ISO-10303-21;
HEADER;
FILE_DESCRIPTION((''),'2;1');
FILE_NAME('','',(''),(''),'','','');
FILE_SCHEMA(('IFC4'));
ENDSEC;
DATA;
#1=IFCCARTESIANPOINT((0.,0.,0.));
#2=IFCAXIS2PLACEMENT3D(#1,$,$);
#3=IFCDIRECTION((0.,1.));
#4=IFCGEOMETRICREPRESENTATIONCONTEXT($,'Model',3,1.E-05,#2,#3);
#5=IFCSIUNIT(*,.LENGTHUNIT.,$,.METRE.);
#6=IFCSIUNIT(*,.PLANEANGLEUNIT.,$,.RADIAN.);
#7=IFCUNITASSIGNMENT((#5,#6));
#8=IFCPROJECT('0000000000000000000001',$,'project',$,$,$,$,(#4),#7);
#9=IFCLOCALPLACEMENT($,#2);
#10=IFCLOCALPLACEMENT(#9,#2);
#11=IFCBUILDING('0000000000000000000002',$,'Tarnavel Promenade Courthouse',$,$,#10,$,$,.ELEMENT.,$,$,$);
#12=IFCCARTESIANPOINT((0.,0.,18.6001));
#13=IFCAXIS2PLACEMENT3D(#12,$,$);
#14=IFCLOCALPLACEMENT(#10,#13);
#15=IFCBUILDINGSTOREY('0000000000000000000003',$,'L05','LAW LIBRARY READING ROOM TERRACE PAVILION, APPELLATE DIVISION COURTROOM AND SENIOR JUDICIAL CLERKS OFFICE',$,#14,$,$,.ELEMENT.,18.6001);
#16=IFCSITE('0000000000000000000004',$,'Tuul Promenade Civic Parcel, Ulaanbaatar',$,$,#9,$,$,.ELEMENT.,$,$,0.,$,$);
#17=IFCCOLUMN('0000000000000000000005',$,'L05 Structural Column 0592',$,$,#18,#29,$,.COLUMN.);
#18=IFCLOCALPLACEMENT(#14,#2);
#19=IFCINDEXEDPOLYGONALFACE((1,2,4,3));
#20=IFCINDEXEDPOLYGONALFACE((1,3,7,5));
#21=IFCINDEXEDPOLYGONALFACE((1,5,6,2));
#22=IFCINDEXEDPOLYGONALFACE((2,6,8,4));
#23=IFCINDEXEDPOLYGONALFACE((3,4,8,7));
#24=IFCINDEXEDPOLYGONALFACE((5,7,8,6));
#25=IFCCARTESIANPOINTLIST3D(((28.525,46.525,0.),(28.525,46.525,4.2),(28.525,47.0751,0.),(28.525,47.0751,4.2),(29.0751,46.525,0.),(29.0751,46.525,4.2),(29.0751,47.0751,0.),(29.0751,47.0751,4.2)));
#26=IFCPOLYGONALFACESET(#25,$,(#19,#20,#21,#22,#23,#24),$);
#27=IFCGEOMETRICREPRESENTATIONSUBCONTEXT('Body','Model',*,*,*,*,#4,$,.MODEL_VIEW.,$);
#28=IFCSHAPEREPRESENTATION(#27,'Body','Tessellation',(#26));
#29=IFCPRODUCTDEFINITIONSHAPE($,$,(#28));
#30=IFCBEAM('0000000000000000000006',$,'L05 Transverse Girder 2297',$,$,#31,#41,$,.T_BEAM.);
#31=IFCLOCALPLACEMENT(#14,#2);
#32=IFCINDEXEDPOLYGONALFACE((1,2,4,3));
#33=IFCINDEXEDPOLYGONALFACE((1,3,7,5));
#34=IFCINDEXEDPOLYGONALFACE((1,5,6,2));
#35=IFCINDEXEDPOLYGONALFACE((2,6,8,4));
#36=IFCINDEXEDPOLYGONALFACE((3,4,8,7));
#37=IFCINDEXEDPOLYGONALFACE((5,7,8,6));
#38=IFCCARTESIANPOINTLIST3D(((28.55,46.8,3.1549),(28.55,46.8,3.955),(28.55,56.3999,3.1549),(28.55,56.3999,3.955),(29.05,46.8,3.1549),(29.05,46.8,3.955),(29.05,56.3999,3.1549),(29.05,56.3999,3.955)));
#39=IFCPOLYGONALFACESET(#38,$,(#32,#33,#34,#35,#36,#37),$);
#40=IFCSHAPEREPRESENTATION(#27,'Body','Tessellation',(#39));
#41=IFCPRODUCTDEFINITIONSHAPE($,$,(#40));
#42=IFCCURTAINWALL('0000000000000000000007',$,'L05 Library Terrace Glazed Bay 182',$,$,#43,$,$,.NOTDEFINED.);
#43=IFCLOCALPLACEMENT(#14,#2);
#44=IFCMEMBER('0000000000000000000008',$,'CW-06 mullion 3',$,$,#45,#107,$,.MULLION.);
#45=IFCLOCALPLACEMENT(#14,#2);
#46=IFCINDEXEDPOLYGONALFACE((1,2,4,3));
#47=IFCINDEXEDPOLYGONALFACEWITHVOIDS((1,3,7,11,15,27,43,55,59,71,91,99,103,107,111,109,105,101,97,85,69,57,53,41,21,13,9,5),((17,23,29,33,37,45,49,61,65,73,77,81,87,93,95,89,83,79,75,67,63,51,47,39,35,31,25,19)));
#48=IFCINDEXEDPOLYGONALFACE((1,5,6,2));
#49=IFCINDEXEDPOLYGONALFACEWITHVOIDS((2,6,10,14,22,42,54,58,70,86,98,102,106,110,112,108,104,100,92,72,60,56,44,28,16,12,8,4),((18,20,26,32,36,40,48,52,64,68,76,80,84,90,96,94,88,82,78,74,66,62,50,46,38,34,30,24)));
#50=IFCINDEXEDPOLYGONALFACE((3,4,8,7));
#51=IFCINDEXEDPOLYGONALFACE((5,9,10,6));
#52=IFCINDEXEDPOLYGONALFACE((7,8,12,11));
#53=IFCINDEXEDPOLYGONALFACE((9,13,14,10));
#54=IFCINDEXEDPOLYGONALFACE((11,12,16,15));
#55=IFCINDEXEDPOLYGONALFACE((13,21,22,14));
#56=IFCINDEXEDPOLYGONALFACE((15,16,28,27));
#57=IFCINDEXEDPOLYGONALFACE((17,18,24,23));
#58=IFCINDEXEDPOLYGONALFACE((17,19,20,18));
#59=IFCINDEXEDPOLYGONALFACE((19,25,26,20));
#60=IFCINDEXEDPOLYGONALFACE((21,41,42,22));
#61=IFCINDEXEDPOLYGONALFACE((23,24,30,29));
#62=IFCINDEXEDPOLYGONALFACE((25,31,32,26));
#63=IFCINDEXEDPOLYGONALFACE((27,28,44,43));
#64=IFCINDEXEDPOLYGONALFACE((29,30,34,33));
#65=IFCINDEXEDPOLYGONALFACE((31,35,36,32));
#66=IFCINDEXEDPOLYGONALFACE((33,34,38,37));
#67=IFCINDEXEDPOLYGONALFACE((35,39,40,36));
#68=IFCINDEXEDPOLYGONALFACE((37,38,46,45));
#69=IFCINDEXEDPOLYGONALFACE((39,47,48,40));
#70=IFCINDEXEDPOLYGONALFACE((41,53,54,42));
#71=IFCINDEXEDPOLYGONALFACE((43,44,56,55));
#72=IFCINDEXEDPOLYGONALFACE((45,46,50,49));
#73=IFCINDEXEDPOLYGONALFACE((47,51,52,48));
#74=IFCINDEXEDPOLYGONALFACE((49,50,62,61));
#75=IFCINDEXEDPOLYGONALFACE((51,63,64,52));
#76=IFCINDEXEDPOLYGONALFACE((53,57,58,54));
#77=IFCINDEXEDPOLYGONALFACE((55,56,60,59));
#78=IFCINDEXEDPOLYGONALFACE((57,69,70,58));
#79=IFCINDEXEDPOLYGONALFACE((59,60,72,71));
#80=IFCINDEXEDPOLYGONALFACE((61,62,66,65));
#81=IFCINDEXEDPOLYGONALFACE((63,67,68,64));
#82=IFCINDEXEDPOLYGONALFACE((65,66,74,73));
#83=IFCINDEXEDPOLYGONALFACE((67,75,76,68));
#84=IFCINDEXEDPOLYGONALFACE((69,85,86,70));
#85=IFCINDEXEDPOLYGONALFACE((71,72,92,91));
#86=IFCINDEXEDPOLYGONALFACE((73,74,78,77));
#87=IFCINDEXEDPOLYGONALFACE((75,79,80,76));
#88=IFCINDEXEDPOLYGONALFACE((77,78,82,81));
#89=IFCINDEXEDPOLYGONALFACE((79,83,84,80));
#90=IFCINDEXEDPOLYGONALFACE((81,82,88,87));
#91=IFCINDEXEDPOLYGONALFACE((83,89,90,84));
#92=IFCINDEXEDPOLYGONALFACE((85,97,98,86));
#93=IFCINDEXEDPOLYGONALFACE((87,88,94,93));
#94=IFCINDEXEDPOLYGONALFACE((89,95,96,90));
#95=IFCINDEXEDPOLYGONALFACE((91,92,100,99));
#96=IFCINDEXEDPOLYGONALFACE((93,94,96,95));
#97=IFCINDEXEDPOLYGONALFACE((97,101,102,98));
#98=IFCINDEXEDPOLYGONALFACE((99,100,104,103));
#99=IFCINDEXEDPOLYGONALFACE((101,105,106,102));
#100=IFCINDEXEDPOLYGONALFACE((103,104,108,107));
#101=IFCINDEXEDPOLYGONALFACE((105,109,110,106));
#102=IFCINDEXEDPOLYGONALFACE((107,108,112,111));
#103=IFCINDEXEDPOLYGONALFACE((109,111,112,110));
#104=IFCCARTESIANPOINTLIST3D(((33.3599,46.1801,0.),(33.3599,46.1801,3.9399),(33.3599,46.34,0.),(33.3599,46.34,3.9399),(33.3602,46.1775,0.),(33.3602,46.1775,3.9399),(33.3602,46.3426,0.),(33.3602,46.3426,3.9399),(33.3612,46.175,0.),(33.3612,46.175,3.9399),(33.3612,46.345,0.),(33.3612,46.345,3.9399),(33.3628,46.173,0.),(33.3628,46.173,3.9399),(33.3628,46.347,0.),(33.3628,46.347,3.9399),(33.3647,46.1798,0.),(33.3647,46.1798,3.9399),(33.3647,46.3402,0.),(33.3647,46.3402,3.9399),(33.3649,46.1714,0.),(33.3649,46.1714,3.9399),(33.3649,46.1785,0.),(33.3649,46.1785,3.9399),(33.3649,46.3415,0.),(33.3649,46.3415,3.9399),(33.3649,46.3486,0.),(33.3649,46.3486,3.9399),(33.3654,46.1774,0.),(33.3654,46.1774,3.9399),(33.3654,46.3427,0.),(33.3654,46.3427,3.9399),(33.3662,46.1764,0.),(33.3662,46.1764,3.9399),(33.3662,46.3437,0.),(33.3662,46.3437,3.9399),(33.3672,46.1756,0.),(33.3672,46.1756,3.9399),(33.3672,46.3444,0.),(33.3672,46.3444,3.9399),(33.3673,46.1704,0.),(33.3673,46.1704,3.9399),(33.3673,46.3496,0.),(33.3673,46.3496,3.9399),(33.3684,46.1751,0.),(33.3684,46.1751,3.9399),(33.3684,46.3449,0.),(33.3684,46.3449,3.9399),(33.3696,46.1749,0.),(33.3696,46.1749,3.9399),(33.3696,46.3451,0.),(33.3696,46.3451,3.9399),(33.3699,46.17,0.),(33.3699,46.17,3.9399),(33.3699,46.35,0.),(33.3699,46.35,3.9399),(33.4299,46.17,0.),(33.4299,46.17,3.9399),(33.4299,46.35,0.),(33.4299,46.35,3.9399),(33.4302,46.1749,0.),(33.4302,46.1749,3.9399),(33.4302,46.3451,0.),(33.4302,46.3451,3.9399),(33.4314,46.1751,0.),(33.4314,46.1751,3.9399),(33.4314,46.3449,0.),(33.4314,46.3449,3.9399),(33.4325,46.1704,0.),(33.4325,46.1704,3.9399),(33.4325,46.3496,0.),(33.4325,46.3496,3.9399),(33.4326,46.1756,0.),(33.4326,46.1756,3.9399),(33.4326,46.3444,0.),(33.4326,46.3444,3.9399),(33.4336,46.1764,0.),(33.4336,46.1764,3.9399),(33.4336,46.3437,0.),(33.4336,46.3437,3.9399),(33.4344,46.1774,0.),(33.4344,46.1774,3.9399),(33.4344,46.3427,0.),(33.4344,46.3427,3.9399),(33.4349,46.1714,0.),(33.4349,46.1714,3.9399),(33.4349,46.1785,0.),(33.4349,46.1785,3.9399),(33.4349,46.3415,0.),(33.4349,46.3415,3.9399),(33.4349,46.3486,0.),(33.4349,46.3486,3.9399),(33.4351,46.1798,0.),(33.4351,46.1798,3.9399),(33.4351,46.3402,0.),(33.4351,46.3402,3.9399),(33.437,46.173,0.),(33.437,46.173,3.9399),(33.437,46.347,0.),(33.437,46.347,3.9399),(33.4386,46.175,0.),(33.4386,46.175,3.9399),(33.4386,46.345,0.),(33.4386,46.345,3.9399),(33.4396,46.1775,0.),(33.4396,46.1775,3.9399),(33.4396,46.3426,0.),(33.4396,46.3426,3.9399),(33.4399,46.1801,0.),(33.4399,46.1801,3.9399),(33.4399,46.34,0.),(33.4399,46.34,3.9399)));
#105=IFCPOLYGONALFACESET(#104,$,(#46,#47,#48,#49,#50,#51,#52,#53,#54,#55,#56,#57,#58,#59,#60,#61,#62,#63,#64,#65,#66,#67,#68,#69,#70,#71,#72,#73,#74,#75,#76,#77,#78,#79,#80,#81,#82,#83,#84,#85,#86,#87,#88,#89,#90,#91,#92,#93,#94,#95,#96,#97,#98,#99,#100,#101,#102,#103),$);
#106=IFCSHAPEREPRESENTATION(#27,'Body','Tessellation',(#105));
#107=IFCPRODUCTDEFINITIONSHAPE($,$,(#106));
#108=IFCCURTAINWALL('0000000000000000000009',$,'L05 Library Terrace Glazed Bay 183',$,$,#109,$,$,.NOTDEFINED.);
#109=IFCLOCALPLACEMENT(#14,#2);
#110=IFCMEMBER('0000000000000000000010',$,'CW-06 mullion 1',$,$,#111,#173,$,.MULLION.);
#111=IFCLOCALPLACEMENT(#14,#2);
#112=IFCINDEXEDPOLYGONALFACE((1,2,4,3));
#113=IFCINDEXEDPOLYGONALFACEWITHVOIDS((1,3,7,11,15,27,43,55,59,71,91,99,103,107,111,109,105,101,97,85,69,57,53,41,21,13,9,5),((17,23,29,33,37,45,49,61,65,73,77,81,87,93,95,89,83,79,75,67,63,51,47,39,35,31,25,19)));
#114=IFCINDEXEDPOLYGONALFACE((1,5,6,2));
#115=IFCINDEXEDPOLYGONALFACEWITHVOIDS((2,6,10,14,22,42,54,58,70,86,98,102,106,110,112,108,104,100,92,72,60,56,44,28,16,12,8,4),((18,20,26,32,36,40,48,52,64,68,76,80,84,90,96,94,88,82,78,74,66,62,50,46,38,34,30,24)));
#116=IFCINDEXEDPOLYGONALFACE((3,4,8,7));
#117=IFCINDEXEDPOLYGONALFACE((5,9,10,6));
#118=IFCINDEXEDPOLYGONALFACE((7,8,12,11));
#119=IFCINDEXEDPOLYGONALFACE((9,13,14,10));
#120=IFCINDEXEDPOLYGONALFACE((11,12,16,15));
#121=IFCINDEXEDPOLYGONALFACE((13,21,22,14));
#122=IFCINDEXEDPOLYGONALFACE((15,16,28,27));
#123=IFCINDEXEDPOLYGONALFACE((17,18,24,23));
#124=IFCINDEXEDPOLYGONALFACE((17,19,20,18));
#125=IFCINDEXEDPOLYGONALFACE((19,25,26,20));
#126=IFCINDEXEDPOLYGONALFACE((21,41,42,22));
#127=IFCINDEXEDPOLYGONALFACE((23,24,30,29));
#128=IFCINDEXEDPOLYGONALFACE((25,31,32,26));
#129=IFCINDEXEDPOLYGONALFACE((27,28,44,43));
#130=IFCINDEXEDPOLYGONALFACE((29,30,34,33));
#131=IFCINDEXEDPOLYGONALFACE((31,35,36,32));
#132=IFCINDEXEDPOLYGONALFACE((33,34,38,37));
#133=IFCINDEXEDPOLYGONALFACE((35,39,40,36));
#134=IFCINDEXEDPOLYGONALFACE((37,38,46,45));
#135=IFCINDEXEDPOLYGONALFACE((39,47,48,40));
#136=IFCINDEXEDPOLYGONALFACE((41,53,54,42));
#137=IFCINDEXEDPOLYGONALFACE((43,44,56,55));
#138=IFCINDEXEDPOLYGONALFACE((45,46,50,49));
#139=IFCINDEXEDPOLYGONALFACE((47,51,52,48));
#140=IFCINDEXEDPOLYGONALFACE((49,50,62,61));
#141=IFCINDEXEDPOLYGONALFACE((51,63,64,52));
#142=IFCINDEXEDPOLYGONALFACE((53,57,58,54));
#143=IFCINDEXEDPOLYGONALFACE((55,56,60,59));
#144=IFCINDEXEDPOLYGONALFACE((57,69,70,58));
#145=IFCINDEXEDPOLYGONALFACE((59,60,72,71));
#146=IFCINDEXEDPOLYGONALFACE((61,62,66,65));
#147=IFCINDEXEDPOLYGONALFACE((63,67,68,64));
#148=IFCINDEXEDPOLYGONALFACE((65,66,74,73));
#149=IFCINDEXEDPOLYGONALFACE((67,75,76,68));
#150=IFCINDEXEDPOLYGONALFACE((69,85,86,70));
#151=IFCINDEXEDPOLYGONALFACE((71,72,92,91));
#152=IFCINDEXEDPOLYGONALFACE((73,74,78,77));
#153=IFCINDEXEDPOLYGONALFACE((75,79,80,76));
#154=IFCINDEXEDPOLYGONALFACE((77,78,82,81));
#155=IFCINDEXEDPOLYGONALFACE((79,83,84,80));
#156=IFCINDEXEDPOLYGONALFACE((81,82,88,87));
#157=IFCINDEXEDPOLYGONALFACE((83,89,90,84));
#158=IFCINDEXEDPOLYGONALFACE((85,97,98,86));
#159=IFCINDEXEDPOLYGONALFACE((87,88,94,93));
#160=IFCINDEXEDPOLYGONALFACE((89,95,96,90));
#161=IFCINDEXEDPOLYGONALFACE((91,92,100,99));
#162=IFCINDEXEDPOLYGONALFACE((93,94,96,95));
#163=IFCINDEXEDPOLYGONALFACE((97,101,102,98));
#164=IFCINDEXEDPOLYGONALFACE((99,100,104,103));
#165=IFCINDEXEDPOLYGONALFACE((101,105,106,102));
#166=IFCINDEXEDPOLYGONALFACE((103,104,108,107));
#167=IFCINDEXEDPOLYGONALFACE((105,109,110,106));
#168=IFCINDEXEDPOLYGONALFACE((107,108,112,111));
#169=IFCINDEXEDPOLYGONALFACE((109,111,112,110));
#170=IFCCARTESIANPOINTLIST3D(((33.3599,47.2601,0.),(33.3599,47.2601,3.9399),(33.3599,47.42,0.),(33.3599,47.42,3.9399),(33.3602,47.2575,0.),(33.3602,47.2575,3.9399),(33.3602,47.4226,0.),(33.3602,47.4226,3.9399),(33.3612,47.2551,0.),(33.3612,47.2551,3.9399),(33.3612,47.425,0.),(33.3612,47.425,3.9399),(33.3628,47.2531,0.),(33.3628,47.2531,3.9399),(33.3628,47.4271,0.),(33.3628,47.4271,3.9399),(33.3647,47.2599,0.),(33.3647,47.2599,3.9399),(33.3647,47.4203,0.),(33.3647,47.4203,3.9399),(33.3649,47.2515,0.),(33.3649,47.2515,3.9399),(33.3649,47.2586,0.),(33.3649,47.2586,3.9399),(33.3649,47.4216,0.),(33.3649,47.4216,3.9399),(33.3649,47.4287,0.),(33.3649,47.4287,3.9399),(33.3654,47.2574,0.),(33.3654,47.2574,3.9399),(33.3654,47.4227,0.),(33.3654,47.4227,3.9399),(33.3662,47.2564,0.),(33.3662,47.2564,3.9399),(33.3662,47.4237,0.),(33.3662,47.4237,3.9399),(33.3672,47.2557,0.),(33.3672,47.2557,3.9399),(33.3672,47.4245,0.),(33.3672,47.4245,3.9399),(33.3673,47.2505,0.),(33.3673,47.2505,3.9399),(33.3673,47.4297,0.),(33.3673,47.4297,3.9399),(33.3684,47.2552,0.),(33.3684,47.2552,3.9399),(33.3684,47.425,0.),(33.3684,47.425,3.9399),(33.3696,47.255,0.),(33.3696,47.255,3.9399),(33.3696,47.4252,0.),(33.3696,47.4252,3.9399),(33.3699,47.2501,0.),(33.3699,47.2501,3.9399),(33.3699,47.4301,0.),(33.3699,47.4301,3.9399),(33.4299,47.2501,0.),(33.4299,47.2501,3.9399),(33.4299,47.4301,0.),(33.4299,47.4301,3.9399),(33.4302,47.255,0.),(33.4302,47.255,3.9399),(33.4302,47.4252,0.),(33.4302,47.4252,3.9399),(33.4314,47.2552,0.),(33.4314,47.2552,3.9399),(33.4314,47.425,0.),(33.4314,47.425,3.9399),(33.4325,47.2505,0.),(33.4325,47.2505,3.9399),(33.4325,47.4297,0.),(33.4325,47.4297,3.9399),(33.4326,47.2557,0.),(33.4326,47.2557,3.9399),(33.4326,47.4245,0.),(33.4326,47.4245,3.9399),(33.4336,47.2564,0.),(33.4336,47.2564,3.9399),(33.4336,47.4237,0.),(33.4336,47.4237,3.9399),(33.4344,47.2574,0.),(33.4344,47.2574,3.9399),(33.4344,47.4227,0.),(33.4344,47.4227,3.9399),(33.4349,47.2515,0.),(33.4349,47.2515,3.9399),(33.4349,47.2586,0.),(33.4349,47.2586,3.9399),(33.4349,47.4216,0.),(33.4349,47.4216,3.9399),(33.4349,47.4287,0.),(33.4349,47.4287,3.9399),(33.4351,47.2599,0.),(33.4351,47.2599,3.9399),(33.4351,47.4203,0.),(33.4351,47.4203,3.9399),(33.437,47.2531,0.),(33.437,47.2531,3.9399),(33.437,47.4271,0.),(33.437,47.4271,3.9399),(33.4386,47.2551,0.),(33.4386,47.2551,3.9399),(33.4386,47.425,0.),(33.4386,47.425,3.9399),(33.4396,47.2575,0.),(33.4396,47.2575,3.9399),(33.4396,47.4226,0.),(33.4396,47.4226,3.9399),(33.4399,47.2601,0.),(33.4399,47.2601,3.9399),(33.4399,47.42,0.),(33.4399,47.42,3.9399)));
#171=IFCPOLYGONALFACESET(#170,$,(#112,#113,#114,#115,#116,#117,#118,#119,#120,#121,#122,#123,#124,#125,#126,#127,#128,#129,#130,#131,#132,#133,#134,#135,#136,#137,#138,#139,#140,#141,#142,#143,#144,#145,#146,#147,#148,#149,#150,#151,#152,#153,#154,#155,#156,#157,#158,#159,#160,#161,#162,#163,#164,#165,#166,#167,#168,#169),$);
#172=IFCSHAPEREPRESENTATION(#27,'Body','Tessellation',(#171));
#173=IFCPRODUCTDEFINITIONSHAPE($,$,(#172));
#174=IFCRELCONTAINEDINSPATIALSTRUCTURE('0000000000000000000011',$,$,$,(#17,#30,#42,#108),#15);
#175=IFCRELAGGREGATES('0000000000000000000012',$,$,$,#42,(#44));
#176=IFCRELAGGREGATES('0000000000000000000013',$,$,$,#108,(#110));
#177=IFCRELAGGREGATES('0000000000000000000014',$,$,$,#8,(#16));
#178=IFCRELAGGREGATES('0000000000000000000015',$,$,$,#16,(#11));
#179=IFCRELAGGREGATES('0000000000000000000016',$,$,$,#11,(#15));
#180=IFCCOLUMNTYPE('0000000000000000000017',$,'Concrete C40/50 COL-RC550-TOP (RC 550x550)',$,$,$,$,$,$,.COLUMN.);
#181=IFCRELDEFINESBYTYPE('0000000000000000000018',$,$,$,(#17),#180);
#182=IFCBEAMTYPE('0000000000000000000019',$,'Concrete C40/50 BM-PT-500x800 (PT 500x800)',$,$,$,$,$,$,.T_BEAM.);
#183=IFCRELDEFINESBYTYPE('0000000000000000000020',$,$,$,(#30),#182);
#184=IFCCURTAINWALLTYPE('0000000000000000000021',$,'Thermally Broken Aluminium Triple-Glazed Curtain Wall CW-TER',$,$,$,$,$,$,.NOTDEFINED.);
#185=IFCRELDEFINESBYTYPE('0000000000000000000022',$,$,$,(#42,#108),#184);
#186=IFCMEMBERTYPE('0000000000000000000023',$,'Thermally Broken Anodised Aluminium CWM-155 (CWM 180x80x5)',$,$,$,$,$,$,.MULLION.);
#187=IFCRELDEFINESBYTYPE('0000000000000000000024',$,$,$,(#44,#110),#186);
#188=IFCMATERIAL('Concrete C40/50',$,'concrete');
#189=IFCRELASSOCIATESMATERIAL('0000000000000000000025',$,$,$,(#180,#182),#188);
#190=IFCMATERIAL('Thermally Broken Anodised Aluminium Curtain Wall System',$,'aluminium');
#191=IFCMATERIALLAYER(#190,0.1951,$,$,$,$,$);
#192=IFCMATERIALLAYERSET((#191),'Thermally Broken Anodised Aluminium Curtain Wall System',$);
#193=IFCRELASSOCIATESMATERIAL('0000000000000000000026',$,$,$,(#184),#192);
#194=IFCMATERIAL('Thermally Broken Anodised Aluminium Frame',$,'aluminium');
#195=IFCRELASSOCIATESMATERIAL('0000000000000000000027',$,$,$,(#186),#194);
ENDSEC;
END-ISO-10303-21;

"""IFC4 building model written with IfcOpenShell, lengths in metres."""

from ifc_helpers import new_model, si_unit, direction, frame, origin, origin_2d, place, context, subcontext, project, spatial, rectangle, hollow_rectangle, extrude, material, layer, layer_set, material_profile, profile_set, type_object, element, aggregate, save


model = new_model("IFC4")

# Units and contexts
model_context = context("Model", 3, precision=1e-05, world=origin(), true_north=direction((0.0, 1.0)))
body_context = subcontext(model_context, "Body", "Model", "MODEL_VIEW")
ifc_project = project(units=[si_unit("LENGTHUNIT", "METRE"), si_unit("PLANEANGLEUNIT", "RADIAN")], contexts=[model_context])

# Site, building, storey
site_placement = place(None, origin())
site = spatial("IfcSite", under=ifc_project, at=site_placement, Name="Tuul Promenade Civic Parcel, Ulaanbaatar", CompositionType="ELEMENT", RefElevation=0.0)
building_placement = place(site_placement, origin())
building = spatial("IfcBuilding", under=site, at=building_placement, Name="Tarnavel Promenade Courthouse", CompositionType="ELEMENT")
storey_placement = place(building_placement, frame((0.0, 0.0, 18.6001)))
storey = spatial("IfcBuildingStorey", under=building, at=storey_placement, Name="L05", Description="LAW LIBRARY READING ROOM TERRACE PAVILION, APPELLATE DIVISION COURTROOM AND SENIOR JUDICIAL CLERKS OFFICE", CompositionType="ELEMENT", Elevation=18.6001)

# Column
ifc_material_1 = material(Name="Concrete C40/50", Category="concrete")
ifc_material_profile_1 = material_profile(ifc_material_1, rectangle(XDim=0.55, YDim=0.55, at=origin_2d()), Name="RC 550x550")
ifc_profile_set_1 = profile_set([ifc_material_profile_1], Name="Concrete C40/50")
column_type = type_object("IfcColumnType", Name="Concrete C40/50 COL-RC550-TOP (RC 550x550)", PredefinedType="COLUMN", material=ifc_profile_set_1)
column_placement = place(storey_placement, frame((28.8, 46.8, 0.0), z_axis=(0.0, 0.0, 1.0), x_axis=(1.0, 0.0, 0.0)))
element("IfcColumn", 1, at=column_placement, inside=storey, type_object=column_type, Name="L05 Structural Column 0592", PredefinedType="COLUMN", context=body_context, shape_type="SweptSolid", body=[
    extrude(rectangle(XDim=0.55, YDim=0.55, at=origin_2d()), origin(), (0.0, 0.0, 1.0), 4.2),
])

# Beam
ifc_material_profile_2 = material_profile(ifc_material_1, rectangle(XDim=0.5, YDim=0.8, at=origin_2d()), Name="PT 500x800")
ifc_profile_set_2 = profile_set([ifc_material_profile_2], Name="Concrete C40/50")
beam_type = type_object("IfcBeamType", Name="Concrete C40/50 BM-PT-500x800 (PT 500x800)", PredefinedType="T_BEAM", material=ifc_profile_set_2)
beam_placement = place(storey_placement, frame((28.8, 46.8, 3.5549), z_axis=(0.0, 1.0, 0.0), x_axis=(-1.0, 0.0, 0.0)))
element("IfcBeam", 2, at=beam_placement, inside=storey, type_object=beam_type, Name="L05 Transverse Girder 2297", PredefinedType="T_BEAM", context=body_context, shape_type="SweptSolid", body=[
    extrude(rectangle(XDim=0.5, YDim=0.8, at=origin_2d()), origin(), (0.0, 0.0, 1.0), 9.5999),
])

# Curtain wall, member
ifc_material_2 = material(Name="Thermally Broken Anodised Aluminium Curtain Wall System", Category="aluminium")
ifc_layer_1 = layer(ifc_material_2, 0.1951)
ifc_layer_set_1 = layer_set([ifc_layer_1], Name="Thermally Broken Anodised Aluminium Curtain Wall System")
curtain_wall_type = type_object("IfcCurtainWallType", Name="Thermally Broken Aluminium Triple-Glazed Curtain Wall CW-TER", PredefinedType="NOTDEFINED", material=ifc_layer_set_1)
curtain_wall_1_placement = place(storey_placement, origin())
curtain_wall_1 = element("IfcCurtainWall", 3, at=curtain_wall_1_placement, inside=storey, type_object=curtain_wall_type, Name="L05 Library Terrace Glazed Bay 182", PredefinedType="NOTDEFINED")
ifc_material_3 = material(Name="Thermally Broken Anodised Aluminium Frame", Category="aluminium")
ifc_material_profile_3 = material_profile(ifc_material_3, hollow_rectangle(XDim=0.0801, YDim=0.1799, WallThickness=0.0049, InnerFilletRadius=0.0049, OuterFilletRadius=0.01, at=origin_2d()), Name="CWM 180x80x5")
ifc_profile_set_3 = profile_set([ifc_material_profile_3], Name="Thermally Broken Anodised Aluminium Frame")
member_type_1 = type_object("IfcMemberType", Name="Thermally Broken Anodised Aluminium CWM-155 (CWM 180x80x5)", PredefinedType="MULLION", material=ifc_profile_set_3)
member_1_placement = place(storey_placement, frame((33.3999, 46.26, 0.0), z_axis=(0.0, 0.0, 1.0), x_axis=(-1.0, 0.0, 0.0)))
member_1 = element("IfcMember", 4, at=member_1_placement, type_object=member_type_1, Name="CW-06 mullion 3", PredefinedType="MULLION", context=body_context, shape_type="SweptSolid", body=[
    extrude(hollow_rectangle(XDim=0.0801, YDim=0.1799, WallThickness=0.0049, InnerFilletRadius=0.0049, OuterFilletRadius=0.01, at=origin_2d()), origin(), (0.0, 0.0, 1.0), 3.9399),
])

# Curtain wall, member
curtain_wall_2_placement = place(storey_placement, origin())
curtain_wall_2 = element("IfcCurtainWall", 5, at=curtain_wall_2_placement, inside=storey, type_object=curtain_wall_type, Name="L05 Library Terrace Glazed Bay 183", PredefinedType="NOTDEFINED")
member_2_placement = place(storey_placement, frame((33.3999, 47.3401, 0.0), z_axis=(0.0, 0.0, 1.0), x_axis=(-1.0, 0.0, 0.0)))
member_2 = element("IfcMember", 6, at=member_2_placement, type_object=member_type_1, Name="CW-06 mullion 1", PredefinedType="MULLION", context=body_context, shape_type="SweptSolid", body=[
    extrude(hollow_rectangle(XDim=0.0801, YDim=0.1799, WallThickness=0.0049, InnerFilletRadius=0.0049, OuterFilletRadius=0.01, at=origin_2d()), origin(), (0.0, 0.0, 1.0), 3.9399),
])

aggregate(curtain_wall_1, [member_1])
aggregate(curtain_wall_2, [member_2])

save(model, "model.ifc")
